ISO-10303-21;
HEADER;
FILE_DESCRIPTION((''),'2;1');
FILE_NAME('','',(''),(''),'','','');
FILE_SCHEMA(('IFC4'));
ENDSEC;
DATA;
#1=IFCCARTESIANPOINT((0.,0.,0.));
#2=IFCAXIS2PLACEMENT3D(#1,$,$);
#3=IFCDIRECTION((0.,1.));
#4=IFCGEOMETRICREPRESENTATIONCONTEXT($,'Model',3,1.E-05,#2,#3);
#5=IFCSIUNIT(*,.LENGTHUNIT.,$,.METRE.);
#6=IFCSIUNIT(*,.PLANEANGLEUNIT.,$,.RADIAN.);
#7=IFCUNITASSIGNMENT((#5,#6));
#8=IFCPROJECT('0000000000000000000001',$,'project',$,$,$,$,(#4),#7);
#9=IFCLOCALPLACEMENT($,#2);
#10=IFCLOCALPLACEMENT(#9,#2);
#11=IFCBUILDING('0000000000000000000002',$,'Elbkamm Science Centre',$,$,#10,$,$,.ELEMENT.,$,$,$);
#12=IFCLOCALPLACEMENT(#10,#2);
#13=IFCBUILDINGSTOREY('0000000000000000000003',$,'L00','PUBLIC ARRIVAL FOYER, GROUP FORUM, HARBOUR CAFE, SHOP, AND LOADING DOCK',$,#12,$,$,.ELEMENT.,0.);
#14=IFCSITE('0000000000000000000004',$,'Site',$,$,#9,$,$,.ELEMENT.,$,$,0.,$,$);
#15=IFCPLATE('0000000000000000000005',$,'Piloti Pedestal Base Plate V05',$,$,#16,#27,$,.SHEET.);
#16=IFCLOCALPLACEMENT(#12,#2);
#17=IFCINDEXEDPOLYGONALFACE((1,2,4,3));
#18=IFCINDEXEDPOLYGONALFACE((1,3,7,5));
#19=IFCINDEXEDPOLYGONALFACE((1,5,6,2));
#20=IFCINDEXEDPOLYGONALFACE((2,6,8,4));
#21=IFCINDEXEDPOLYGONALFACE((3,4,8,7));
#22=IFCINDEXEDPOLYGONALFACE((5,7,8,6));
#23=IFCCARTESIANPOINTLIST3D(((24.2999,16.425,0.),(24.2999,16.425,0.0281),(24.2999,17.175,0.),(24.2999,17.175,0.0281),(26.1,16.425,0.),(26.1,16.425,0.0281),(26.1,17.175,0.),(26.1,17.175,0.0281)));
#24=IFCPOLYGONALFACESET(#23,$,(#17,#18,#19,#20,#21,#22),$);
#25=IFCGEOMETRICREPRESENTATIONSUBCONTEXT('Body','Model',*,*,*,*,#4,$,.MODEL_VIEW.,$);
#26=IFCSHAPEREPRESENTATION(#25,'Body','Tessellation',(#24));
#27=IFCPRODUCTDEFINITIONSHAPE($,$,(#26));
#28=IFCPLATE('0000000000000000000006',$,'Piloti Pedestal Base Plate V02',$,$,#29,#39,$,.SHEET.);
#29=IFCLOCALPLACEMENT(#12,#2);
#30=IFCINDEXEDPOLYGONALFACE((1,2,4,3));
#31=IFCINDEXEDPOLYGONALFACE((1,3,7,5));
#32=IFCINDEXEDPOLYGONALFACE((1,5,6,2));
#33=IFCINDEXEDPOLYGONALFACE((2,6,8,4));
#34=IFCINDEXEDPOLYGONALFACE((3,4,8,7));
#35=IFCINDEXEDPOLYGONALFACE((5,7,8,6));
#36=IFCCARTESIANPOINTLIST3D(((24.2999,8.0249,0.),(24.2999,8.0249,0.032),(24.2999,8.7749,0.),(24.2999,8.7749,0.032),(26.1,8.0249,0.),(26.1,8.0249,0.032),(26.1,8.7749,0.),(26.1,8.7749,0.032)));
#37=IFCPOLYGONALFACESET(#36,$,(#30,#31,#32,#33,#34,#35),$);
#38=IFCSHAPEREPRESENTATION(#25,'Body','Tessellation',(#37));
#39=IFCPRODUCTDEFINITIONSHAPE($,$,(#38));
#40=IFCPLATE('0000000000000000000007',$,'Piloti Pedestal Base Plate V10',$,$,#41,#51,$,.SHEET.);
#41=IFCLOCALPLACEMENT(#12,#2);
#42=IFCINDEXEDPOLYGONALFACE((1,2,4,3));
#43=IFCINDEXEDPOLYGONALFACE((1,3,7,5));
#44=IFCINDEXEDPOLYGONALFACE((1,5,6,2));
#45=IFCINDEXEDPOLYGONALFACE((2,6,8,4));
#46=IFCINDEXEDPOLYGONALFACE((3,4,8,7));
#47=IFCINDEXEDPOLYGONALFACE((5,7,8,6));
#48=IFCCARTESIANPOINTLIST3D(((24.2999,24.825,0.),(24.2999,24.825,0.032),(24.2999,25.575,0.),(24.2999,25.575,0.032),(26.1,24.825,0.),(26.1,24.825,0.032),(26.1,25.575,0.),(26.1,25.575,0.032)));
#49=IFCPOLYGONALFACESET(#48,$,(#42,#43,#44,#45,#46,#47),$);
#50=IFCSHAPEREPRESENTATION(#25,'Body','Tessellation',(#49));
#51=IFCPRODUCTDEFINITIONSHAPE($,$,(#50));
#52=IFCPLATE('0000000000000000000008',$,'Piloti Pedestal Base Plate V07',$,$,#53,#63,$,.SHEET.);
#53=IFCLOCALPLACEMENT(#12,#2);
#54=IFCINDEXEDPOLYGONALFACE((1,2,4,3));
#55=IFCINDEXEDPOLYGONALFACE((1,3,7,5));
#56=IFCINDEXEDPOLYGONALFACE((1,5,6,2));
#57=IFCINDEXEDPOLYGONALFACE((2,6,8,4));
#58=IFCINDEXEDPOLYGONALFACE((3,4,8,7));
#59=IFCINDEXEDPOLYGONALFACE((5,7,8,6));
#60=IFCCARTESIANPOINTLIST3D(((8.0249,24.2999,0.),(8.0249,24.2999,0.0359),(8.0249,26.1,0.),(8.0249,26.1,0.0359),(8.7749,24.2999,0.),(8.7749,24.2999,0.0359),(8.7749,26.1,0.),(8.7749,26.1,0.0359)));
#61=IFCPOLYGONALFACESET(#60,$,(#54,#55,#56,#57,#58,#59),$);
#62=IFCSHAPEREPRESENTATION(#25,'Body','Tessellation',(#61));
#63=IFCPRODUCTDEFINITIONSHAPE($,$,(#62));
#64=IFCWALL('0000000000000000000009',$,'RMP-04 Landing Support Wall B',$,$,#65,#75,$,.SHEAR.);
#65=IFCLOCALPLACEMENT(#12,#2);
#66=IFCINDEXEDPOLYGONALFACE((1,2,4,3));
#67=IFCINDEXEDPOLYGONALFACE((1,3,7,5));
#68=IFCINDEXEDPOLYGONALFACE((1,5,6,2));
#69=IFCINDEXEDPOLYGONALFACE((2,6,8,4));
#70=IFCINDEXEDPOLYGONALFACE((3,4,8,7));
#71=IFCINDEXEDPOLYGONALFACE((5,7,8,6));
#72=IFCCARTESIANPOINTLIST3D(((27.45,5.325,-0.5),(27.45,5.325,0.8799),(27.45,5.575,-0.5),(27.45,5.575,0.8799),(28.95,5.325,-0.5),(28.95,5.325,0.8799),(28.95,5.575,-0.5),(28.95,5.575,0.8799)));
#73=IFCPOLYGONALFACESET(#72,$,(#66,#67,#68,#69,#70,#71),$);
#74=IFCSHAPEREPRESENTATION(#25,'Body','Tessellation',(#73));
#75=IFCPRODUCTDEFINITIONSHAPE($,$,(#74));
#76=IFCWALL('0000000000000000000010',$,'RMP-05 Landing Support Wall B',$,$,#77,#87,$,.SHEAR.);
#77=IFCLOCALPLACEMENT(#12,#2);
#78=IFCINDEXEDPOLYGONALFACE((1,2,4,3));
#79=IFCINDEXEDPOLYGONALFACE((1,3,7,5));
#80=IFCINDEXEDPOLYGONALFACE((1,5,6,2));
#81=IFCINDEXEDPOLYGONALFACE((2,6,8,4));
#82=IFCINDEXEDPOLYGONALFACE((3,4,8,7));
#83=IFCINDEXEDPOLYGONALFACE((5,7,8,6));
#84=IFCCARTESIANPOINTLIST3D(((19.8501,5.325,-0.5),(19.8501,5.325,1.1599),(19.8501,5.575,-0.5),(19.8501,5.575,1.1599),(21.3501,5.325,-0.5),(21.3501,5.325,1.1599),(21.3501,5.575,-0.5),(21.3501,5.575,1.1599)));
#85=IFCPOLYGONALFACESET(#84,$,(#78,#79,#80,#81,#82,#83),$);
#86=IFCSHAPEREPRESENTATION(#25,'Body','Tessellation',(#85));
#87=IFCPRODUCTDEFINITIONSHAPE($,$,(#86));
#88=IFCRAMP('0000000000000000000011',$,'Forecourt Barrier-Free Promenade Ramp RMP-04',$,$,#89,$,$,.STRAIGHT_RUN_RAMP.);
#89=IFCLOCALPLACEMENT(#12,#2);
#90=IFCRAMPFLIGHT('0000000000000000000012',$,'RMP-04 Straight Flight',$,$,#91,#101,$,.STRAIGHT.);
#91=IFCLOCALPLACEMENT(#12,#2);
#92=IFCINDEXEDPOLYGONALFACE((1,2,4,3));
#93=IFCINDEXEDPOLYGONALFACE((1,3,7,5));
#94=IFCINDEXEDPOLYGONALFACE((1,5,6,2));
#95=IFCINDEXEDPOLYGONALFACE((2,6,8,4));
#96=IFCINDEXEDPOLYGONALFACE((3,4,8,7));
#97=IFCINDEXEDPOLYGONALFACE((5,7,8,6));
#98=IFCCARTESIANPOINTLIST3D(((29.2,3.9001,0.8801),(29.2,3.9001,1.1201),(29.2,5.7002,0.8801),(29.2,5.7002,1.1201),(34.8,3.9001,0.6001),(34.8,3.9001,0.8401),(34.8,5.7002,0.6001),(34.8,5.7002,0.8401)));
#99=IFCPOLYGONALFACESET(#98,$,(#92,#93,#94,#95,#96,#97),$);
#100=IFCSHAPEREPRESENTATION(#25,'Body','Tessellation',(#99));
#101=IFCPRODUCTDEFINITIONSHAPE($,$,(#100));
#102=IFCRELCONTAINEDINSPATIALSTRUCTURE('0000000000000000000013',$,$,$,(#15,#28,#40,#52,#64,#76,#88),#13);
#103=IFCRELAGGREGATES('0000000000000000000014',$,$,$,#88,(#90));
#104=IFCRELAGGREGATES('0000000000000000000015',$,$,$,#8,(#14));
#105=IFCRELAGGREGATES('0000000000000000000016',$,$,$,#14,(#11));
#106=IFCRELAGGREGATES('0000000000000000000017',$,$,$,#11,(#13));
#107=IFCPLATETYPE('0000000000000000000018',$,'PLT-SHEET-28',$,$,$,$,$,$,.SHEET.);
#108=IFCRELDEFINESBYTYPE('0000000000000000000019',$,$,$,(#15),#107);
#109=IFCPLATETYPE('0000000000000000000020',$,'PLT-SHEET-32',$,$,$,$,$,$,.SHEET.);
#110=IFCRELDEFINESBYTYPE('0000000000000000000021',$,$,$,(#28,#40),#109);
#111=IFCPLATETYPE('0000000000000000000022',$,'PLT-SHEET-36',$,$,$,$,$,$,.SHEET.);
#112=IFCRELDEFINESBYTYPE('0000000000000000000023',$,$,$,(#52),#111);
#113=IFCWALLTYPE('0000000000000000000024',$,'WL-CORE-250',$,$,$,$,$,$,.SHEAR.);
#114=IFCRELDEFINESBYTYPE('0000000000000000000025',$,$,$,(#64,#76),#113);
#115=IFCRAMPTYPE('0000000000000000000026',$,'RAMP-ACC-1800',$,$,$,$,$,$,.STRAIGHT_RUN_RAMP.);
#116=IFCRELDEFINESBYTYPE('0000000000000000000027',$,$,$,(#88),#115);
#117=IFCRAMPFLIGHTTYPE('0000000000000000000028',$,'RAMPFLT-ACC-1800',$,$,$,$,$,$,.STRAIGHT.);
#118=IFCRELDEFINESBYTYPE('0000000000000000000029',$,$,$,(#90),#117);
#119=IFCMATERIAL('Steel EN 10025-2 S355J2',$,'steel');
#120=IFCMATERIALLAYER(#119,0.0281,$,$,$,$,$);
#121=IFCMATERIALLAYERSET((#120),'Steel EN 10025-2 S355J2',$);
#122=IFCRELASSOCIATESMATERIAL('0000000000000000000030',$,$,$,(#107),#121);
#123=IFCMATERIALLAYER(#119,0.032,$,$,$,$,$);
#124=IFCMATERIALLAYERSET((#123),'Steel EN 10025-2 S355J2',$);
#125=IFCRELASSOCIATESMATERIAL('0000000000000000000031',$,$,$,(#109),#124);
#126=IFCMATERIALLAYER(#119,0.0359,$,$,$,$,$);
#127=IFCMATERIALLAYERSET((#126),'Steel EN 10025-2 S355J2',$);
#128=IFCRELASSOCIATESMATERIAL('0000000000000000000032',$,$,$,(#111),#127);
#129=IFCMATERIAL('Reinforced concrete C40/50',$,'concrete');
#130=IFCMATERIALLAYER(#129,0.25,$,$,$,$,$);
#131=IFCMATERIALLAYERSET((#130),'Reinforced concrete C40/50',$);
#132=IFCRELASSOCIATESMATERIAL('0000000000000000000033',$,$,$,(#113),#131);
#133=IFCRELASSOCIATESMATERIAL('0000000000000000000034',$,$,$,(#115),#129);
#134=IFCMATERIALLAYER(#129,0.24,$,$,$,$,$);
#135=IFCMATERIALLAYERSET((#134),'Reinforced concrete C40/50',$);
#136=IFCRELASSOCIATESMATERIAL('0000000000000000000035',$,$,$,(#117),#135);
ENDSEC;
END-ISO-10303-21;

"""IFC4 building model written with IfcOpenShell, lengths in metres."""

from ifc_helpers import new_model, si_unit, direction, frame, frame_2d, origin, origin_2d, place, context, subcontext, project, spatial, polyline, rectangle, outline, extrude, material, layer, layer_set, type_object, element, aggregate, save


model = new_model("IFC4")

# Units and contexts
model_context = context("Model", 3, precision=1e-05, world=origin(), true_north=direction((0.0, 1.0)))
body_context = subcontext(model_context, "Body", "Model", "MODEL_VIEW")
ifc_project = project(units=[si_unit("LENGTHUNIT", "METRE"), si_unit("PLANEANGLEUNIT", "RADIAN")], contexts=[model_context])

# Site, building, storey
site_placement = place(None, origin())
site = spatial("IfcSite", under=ifc_project, at=site_placement, Name="Site", CompositionType="ELEMENT", RefElevation=0.0)
building_placement = place(site_placement, origin())
building = spatial("IfcBuilding", under=site, at=building_placement, Name="Elbkamm Science Centre", CompositionType="ELEMENT")
storey_placement = place(building_placement, origin())
storey = spatial("IfcBuildingStorey", under=building, at=storey_placement, Name="L00", Description="PUBLIC ARRIVAL FOYER, GROUP FORUM, HARBOUR CAFE, SHOP, AND LOADING DOCK", CompositionType="ELEMENT", Elevation=0.0)

# Plates
ifc_material_1 = material(Name="Steel EN 10025-2 S355J2", Category="steel")
ifc_layer_1 = layer(ifc_material_1, 0.0281)
ifc_layer_set_1 = layer_set([ifc_layer_1], Name="Steel EN 10025-2 S355J2")
plate_type_1 = type_object("IfcPlateType", Name="PLT-SHEET-28", PredefinedType="SHEET", material=ifc_layer_set_1)
for number, where, z_axis, x_axis, name in (
    (1, (25.2, 16.8, 0.0), (0.0, 0.0, 1.0), (1.0, 0.0, 0.0), "Piloti Pedestal Base Plate V05"),
):
    element("IfcPlate", number, at=place(storey_placement, frame(where, z_axis=z_axis, x_axis=x_axis)), inside=storey, type_object=plate_type_1, Name=name, PredefinedType="SHEET", context=body_context, shape_type="SweptSolid", body=[
        extrude(rectangle(XDim=1.8, YDim=0.75, at=origin_2d()), origin(), (0.0, 0.0, 1.0), 0.0281),
    ])
ifc_layer_2 = layer(ifc_material_1, 0.032)
ifc_layer_set_2 = layer_set([ifc_layer_2], Name="Steel EN 10025-2 S355J2")
plate_type_2 = type_object("IfcPlateType", Name="PLT-SHEET-32", PredefinedType="SHEET", material=ifc_layer_set_2)
for number, where, z_axis, x_axis, name in (
    (2, (25.2, 8.3999, 0.0), (0.0, 0.0, 1.0), (1.0, 0.0, 0.0), "Piloti Pedestal Base Plate V02"),
    (3, (25.2, 25.2, 0.0), (0.0, 0.0, 1.0), (1.0, 0.0, 0.0), "Piloti Pedestal Base Plate V10"),
):
    element("IfcPlate", number, at=place(storey_placement, frame(where, z_axis=z_axis, x_axis=x_axis)), inside=storey, type_object=plate_type_2, Name=name, PredefinedType="SHEET", context=body_context, shape_type="SweptSolid", body=[
        extrude(rectangle(XDim=1.8, YDim=0.75, at=origin_2d()), origin(), (0.0, 0.0, 1.0), 0.032),
    ])
ifc_layer_3 = layer(ifc_material_1, 0.0359)
ifc_layer_set_3 = layer_set([ifc_layer_3], Name="Steel EN 10025-2 S355J2")
plate_type_3 = type_object("IfcPlateType", Name="PLT-SHEET-36", PredefinedType="SHEET", material=ifc_layer_set_3)
plate_placement = place(storey_placement, frame((8.3999, 25.2, 0.0), z_axis=(0.0, 0.0, 1.0), x_axis=(0.0, 1.0, 0.0)))
element("IfcPlate", 4, at=plate_placement, inside=storey, type_object=plate_type_3, Name="Piloti Pedestal Base Plate V07", PredefinedType="SHEET", context=body_context, shape_type="SweptSolid", body=[
    extrude(rectangle(XDim=1.8, YDim=0.75, at=origin_2d()), origin(), (0.0, 0.0, 1.0), 0.0359),
])

# Walls
ifc_material_2 = material(Name="Reinforced concrete C40/50", Category="concrete")
ifc_layer_4 = layer(ifc_material_2, 0.25)
ifc_layer_set_4 = layer_set([ifc_layer_4], Name="Reinforced concrete C40/50")
wall_type = type_object("IfcWallType", Name="WL-CORE-250", PredefinedType="SHEAR", material=ifc_layer_set_4)
wall_1_placement = place(storey_placement, frame((27.45, 5.45, -0.5), z_axis=(0.0, 0.0, 1.0), x_axis=(1.0, 0.0, 0.0)))
element("IfcWall", 5, at=wall_1_placement, inside=storey, type_object=wall_type, Name="RMP-04 Landing Support Wall B", PredefinedType="SHEAR", context=body_context, shape_type="SweptSolid", body=[
    extrude(rectangle(XDim=1.5, YDim=0.25, at=frame_2d((0.75, 0.0))), origin(), (0.0, 0.0, 1.0), 1.3799),
])
wall_2_placement = place(storey_placement, frame((19.8501, 5.45, -0.5), z_axis=(0.0, 0.0, 1.0), x_axis=(1.0, 0.0, 0.0)))
element("IfcWall", 6, at=wall_2_placement, inside=storey, type_object=wall_type, Name="RMP-05 Landing Support Wall B", PredefinedType="SHEAR", context=body_context, shape_type="SweptSolid", body=[
    extrude(rectangle(XDim=1.5, YDim=0.25, at=frame_2d((0.75, 0.0))), origin(), (0.0, 0.0, 1.0), 1.6599),
])

# Ramp, ramp flight
ramp_type = type_object("IfcRampType", Name="RAMP-ACC-1800", PredefinedType="STRAIGHT_RUN_RAMP", material=ifc_material_2)
ramp_placement = place(storey_placement, origin())
ramp = element("IfcRamp", 7, at=ramp_placement, inside=storey, type_object=ramp_type, Name="Forecourt Barrier-Free Promenade Ramp RMP-04", PredefinedType="STRAIGHT_RUN_RAMP")
ifc_layer_5 = layer(ifc_material_2, 0.24)
ifc_layer_set_5 = layer_set([ifc_layer_5], Name="Reinforced concrete C40/50")
ramp_flight_type = type_object("IfcRampFlightType", Name="RAMPFLT-ACC-1800", PredefinedType="STRAIGHT", material=ifc_layer_set_5)
ramp_flight_placement = place(storey_placement, frame((34.8, 4.8, 0.8401), z_axis=(0.0, 0.0, 1.0), x_axis=(-1.0, 0.0, 0.0)))
ramp_flight = element("IfcRampFlight", 8, at=ramp_flight_placement, type_object=ramp_flight_type, Name="RMP-04 Straight Flight", PredefinedType="STRAIGHT", context=body_context, shape_type="SweptSolid", body=[
    extrude(outline(polyline([(0.0, 0.0), (5.6001, 0.28), (5.6001, 0.04), (0.0, -0.24), (0.0, 0.0)])), frame((0.0, 0.8999, 0.0), z_axis=(0.0, -1.0, 0.0), x_axis=(1.0, 0.0, 0.0)), (0.0, 0.0, 1.0), 1.8),
])
aggregate(ramp, [ramp_flight])

save(model, "model.ifc")
